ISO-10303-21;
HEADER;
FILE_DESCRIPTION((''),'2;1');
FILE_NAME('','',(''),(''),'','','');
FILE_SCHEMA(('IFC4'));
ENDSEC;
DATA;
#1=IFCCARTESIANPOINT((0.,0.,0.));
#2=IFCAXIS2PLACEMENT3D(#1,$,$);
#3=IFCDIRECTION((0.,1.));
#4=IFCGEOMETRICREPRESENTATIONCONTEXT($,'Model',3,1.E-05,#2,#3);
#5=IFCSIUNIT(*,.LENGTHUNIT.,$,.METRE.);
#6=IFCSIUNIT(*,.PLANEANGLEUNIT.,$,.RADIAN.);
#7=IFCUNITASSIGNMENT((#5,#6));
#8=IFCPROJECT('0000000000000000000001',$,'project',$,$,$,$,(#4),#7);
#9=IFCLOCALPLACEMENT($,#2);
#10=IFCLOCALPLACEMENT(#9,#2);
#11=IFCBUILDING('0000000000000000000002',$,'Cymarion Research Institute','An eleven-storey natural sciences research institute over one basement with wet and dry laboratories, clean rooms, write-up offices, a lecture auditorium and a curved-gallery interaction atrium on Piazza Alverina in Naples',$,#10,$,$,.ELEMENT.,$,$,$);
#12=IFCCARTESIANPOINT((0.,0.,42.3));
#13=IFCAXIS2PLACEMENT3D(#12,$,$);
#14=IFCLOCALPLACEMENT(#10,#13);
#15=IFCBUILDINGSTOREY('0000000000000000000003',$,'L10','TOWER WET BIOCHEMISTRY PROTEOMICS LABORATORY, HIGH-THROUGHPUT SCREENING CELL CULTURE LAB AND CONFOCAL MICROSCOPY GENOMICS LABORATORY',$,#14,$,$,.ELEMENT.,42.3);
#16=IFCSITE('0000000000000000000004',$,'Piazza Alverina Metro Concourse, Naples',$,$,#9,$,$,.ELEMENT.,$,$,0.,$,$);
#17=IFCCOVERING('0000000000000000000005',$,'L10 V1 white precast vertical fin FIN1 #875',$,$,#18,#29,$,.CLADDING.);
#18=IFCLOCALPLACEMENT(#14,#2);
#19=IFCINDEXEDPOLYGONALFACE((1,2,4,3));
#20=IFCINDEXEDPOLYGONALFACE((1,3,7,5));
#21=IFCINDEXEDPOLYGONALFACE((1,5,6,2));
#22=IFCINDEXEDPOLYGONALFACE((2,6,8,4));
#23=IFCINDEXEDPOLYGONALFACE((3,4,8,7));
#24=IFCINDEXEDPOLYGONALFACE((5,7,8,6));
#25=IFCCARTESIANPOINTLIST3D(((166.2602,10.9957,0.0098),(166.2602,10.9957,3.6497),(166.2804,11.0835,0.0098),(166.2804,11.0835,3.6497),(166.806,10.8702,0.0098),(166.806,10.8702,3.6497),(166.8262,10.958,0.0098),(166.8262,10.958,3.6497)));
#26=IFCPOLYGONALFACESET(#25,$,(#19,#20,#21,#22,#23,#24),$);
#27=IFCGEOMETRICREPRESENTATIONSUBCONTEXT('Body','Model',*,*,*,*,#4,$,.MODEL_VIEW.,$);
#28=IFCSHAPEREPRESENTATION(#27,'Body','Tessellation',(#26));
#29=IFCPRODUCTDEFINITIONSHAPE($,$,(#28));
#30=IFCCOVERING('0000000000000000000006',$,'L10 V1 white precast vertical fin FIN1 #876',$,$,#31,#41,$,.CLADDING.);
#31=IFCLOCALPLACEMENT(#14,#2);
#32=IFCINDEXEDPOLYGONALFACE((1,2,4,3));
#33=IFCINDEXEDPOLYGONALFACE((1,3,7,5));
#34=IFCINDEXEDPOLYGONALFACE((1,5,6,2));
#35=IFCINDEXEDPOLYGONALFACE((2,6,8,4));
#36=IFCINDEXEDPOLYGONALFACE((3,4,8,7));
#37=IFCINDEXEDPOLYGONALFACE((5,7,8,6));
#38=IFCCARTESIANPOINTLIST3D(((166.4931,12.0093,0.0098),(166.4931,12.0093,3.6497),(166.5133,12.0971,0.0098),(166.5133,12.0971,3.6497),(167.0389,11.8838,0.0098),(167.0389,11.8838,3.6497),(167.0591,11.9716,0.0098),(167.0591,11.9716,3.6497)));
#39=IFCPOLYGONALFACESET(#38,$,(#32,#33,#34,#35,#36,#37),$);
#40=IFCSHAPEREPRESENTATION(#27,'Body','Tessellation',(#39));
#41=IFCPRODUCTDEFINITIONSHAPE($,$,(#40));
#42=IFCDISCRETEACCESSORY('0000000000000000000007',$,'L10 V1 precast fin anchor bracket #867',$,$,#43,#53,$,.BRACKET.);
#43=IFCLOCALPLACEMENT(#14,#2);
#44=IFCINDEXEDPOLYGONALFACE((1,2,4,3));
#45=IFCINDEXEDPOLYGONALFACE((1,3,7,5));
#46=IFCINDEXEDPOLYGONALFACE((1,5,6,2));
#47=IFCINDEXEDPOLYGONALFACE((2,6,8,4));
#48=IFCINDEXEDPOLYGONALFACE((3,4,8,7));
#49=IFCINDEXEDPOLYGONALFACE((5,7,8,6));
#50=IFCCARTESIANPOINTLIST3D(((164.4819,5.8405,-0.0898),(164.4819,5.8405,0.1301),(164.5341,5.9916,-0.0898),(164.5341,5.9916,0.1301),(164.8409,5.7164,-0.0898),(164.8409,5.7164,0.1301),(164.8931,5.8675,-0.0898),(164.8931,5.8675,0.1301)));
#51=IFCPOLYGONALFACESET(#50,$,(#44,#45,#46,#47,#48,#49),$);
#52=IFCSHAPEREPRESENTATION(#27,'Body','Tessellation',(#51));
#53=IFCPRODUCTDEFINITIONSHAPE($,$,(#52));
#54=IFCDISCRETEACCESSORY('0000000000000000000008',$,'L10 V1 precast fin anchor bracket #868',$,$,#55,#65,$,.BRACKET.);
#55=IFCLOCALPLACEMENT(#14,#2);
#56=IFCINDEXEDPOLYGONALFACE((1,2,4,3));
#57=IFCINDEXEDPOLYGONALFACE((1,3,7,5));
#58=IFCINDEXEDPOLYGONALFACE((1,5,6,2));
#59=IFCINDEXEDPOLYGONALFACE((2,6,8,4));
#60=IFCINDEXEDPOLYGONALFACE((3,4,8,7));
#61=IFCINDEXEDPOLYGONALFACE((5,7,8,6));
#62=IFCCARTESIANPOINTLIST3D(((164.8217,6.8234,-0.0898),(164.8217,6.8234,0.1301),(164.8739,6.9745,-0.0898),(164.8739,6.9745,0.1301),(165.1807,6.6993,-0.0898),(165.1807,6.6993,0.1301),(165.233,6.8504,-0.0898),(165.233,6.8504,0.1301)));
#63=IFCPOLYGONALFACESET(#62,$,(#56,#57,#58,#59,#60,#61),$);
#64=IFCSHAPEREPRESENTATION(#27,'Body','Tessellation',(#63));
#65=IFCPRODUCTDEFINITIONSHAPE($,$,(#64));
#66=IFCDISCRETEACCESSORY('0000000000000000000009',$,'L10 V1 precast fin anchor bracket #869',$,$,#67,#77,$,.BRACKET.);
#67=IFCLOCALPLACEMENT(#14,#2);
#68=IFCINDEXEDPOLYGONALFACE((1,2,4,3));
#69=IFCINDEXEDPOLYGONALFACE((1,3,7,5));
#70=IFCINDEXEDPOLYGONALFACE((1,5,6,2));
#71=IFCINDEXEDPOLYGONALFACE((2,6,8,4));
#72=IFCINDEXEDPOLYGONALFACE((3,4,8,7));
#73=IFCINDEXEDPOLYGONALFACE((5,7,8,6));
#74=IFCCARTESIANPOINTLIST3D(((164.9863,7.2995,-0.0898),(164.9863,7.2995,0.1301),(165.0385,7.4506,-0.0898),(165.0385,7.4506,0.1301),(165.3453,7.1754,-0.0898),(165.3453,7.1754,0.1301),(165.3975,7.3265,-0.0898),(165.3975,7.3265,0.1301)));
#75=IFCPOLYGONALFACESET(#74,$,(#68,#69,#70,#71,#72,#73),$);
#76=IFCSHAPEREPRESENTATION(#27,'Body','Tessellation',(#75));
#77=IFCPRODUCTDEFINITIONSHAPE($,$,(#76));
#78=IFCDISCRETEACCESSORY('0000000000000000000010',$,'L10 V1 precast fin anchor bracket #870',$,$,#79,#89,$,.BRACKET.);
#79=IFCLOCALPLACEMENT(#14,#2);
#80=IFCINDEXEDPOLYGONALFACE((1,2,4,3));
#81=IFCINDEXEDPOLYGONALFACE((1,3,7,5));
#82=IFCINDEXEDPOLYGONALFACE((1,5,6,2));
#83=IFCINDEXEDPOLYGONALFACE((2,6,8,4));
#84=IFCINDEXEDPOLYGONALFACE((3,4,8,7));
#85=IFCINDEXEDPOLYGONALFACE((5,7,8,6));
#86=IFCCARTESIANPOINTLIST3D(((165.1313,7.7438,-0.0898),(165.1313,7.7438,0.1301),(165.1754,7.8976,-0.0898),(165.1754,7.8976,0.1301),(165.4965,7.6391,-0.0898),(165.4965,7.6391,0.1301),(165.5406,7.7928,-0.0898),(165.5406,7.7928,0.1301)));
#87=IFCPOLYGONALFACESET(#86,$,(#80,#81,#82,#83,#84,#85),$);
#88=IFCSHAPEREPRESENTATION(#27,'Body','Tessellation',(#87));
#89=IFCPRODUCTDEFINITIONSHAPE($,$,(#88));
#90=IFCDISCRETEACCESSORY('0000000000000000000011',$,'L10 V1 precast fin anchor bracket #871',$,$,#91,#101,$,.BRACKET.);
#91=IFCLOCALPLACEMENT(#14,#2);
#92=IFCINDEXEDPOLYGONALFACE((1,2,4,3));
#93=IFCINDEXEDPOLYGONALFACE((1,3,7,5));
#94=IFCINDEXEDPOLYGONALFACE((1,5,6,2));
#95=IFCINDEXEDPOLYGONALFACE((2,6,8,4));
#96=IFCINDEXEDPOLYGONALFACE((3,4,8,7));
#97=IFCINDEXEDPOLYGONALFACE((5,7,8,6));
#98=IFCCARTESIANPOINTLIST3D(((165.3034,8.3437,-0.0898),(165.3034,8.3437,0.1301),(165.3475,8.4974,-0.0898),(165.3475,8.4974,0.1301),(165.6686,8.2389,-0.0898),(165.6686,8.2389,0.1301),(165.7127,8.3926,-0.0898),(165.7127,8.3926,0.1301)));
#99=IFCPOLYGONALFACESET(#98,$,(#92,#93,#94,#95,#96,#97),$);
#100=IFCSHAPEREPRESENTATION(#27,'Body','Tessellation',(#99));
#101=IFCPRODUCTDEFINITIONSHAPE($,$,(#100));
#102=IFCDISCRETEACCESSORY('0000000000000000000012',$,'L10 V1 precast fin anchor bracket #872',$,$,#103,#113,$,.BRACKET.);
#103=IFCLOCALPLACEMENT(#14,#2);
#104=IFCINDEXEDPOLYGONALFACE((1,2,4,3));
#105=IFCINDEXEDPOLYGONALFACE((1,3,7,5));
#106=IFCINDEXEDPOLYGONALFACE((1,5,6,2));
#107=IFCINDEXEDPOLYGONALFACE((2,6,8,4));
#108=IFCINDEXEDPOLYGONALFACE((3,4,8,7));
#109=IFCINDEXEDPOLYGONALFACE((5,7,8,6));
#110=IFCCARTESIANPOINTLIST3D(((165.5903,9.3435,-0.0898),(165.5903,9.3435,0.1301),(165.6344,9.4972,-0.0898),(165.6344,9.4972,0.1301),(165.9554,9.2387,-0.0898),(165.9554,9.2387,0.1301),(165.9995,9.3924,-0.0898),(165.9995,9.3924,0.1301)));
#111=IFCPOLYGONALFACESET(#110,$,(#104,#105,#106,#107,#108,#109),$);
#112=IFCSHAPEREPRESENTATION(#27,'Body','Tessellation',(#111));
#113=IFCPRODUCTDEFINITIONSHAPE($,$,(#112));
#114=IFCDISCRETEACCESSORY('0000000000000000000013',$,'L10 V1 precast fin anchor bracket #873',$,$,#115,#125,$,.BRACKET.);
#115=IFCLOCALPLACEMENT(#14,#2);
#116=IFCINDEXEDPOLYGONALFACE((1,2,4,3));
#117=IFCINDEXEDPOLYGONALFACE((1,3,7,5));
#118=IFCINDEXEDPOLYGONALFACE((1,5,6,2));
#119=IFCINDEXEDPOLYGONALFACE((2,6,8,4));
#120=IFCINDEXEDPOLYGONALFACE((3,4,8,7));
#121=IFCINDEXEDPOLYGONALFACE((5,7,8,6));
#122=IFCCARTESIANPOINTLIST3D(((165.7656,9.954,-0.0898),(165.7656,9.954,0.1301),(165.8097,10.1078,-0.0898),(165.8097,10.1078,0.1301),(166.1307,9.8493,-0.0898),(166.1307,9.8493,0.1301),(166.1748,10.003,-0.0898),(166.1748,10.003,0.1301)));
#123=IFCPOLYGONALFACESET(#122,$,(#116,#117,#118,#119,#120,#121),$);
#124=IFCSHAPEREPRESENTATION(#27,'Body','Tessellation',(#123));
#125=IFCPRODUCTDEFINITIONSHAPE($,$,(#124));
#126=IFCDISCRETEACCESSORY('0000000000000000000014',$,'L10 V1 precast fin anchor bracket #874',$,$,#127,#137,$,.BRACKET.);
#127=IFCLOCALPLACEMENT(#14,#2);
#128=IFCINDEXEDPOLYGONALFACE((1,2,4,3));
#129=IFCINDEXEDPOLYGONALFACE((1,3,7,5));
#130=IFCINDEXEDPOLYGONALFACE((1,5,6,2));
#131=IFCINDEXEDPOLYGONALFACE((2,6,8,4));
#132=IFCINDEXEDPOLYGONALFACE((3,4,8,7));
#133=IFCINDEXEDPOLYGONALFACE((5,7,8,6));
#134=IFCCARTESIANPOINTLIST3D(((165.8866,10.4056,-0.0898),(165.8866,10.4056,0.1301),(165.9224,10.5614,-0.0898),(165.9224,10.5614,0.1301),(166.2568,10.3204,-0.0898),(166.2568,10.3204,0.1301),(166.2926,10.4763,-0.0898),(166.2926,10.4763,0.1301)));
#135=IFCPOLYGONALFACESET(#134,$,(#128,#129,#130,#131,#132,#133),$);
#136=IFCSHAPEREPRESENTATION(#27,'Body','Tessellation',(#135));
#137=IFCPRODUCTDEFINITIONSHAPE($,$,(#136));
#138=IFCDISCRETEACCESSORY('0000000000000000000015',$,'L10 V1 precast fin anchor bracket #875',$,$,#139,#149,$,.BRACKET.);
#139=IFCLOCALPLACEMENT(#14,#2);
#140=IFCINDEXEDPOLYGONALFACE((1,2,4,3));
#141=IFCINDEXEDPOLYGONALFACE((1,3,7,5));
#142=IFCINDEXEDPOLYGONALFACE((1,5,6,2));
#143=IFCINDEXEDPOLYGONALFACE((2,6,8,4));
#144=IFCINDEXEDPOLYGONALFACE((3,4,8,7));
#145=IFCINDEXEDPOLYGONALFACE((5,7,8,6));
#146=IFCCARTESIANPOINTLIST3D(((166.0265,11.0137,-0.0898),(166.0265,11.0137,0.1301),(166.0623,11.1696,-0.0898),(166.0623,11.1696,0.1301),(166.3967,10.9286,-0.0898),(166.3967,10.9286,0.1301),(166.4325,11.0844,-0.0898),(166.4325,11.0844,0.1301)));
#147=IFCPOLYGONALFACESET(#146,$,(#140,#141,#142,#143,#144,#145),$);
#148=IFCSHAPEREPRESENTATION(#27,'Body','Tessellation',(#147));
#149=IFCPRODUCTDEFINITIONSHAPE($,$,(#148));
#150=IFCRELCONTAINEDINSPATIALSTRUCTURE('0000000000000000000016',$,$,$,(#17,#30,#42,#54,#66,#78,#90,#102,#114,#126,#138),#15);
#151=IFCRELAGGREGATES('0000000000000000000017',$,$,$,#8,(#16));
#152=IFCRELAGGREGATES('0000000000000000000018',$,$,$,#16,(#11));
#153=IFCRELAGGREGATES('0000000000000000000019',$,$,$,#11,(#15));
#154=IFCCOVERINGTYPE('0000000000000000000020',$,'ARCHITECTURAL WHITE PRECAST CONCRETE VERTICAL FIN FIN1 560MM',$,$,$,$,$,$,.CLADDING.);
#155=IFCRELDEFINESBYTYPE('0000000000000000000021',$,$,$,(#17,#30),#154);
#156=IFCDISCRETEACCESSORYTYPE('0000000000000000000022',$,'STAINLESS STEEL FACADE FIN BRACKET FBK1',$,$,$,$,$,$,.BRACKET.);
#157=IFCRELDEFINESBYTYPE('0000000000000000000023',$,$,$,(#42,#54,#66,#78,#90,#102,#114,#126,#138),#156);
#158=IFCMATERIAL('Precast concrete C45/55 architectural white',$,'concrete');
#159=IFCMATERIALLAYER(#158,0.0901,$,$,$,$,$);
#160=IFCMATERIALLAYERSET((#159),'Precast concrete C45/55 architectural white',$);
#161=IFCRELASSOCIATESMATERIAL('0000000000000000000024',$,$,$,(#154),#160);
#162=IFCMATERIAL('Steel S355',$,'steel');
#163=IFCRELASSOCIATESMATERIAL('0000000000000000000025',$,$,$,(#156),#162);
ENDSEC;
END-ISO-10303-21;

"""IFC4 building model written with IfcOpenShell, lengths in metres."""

from ifc_helpers import new_model, si_unit, direction, frame, origin, origin_2d, place, context, subcontext, project, spatial, rectangle, extrude, material, layer, layer_set, type_object, element, save


model = new_model("IFC4")

# Units and contexts
model_context = context("Model", 3, precision=1e-05, world=origin(), true_north=direction((0.0, 1.0)))
body_context = subcontext(model_context, "Body", "Model", "MODEL_VIEW")
ifc_project = project(units=[si_unit("LENGTHUNIT", "METRE"), si_unit("PLANEANGLEUNIT", "RADIAN")], contexts=[model_context])

# Site, building, storey
site_placement = place(None, origin())
site = spatial("IfcSite", under=ifc_project, at=site_placement, Name="Piazza Alverina Metro Concourse, Naples", CompositionType="ELEMENT", RefElevation=0.0)
building_placement = place(site_placement, origin())
building = spatial("IfcBuilding", under=site, at=building_placement, Name="Cymarion Research Institute", Description="An eleven-storey natural sciences research institute over one basement with wet and dry laboratories, clean rooms, write-up offices, a lecture auditorium and a curved-gallery interaction atrium on Piazza Alverina in Naples", CompositionType="ELEMENT")
storey_placement = place(building_placement, frame((0.0, 0.0, 42.3)))
storey = spatial("IfcBuildingStorey", under=building, at=storey_placement, Name="L10", Description="TOWER WET BIOCHEMISTRY PROTEOMICS LABORATORY, HIGH-THROUGHPUT SCREENING CELL CULTURE LAB AND CONFOCAL MICROSCOPY GENOMICS LABORATORY", CompositionType="ELEMENT", Elevation=42.3)

# Shared definitions
ifc_material_1 = material(Name="Steel S355", Category="steel")

# Coverings
ifc_material_2 = material(Name="Precast concrete C45/55 architectural white", Category="concrete")
ifc_layer_1 = layer(ifc_material_2, 0.0901)
ifc_layer_set_1 = layer_set([ifc_layer_1], Name="Precast concrete C45/55 architectural white")
covering_type = type_object("IfcCoveringType", Name="ARCHITECTURAL WHITE PRECAST CONCRETE VERTICAL FIN FIN1 560MM", PredefinedType="CLADDING", material=ifc_layer_set_1)
for number, where, z_axis, x_axis, name in (
    (1, (166.5432, 10.9768, 0.0098), (0.0, 0.0, 1.0), (0.974566, -0.224101, 0.0), "L10 V1 white precast vertical fin FIN1 #875"),
    (2, (166.7761, 11.9905, 0.0098), (0.0, 0.0, 1.0), (0.974566, -0.224101, 0.0), "L10 V1 white precast vertical fin FIN1 #876"),
):
    element("IfcCovering", number, at=place(storey_placement, frame(where, z_axis=z_axis, x_axis=x_axis)), inside=storey, type_object=covering_type, Name=name, PredefinedType="CLADDING", context=body_context, shape_type="SweptSolid", body=[
        extrude(rectangle(XDim=0.5601, YDim=0.0901, at=origin_2d()), origin(), (0.0, 0.0, 1.0), 3.6399),
    ])

# Discrete accessories
discrete_accessory_type = type_object("IfcDiscreteAccessoryType", Name="STAINLESS STEEL FACADE FIN BRACKET FBK1", PredefinedType="BRACKET", material=ifc_material_1)
for number, where, z_axis, x_axis, name in (
    (3, (164.6875, 5.854, -0.0898), (0.0, 0.0, 1.0), (0.94512, -0.326723, 0.0), "L10 V1 precast fin anchor bracket #867"),
    (4, (165.0273, 6.8369, -0.0898), (0.0, 0.0, 1.0), (0.94512, -0.326723, 0.0), "L10 V1 precast fin anchor bracket #868"),
    (5, (165.1919, 7.313, -0.0898), (0.0, 0.0, 1.0), (0.94512, -0.326723, 0.0), "L10 V1 precast fin anchor bracket #869"),
    (6, (165.3359, 7.7683, -0.0898), (0.0, 0.0, 1.0), (0.961214, -0.275805, 0.0), "L10 V1 precast fin anchor bracket #870"),
    (7, (165.5081, 8.3682, -0.0898), (0.0, 0.0, 1.0), (0.961214, -0.275805, 0.0), "L10 V1 precast fin anchor bracket #871"),
    (8, (165.7949, 9.3679, -0.0898), (0.0, 0.0, 1.0), (0.961214, -0.275805, 0.0), "L10 V1 precast fin anchor bracket #872"),
    (9, (165.9702, 9.9785, -0.0898), (0.0, 0.0, 1.0), (0.961214, -0.275805, 0.0), "L10 V1 precast fin anchor bracket #873"),
    (10, (166.0896, 10.4409, -0.0898), (0.0, 0.0, 1.0), (0.974566, -0.224101, 0.0), "L10 V1 precast fin anchor bracket #874"),
    (11, (166.2295, 11.0491, -0.0898), (0.0, 0.0, 1.0), (0.974566, -0.224101, 0.0), "L10 V1 precast fin anchor bracket #875"),
):
    element("IfcDiscreteAccessory", number, at=place(storey_placement, frame(where, z_axis=z_axis, x_axis=x_axis)), inside=storey, type_object=discrete_accessory_type, Name=name, PredefinedType="BRACKET", context=body_context, shape_type="SweptSolid", body=[
        extrude(rectangle(XDim=0.3799, YDim=0.1599, at=origin_2d()), origin(), (0.0, 0.0, 1.0), 0.22),
    ])

save(model, "model.ifc")
